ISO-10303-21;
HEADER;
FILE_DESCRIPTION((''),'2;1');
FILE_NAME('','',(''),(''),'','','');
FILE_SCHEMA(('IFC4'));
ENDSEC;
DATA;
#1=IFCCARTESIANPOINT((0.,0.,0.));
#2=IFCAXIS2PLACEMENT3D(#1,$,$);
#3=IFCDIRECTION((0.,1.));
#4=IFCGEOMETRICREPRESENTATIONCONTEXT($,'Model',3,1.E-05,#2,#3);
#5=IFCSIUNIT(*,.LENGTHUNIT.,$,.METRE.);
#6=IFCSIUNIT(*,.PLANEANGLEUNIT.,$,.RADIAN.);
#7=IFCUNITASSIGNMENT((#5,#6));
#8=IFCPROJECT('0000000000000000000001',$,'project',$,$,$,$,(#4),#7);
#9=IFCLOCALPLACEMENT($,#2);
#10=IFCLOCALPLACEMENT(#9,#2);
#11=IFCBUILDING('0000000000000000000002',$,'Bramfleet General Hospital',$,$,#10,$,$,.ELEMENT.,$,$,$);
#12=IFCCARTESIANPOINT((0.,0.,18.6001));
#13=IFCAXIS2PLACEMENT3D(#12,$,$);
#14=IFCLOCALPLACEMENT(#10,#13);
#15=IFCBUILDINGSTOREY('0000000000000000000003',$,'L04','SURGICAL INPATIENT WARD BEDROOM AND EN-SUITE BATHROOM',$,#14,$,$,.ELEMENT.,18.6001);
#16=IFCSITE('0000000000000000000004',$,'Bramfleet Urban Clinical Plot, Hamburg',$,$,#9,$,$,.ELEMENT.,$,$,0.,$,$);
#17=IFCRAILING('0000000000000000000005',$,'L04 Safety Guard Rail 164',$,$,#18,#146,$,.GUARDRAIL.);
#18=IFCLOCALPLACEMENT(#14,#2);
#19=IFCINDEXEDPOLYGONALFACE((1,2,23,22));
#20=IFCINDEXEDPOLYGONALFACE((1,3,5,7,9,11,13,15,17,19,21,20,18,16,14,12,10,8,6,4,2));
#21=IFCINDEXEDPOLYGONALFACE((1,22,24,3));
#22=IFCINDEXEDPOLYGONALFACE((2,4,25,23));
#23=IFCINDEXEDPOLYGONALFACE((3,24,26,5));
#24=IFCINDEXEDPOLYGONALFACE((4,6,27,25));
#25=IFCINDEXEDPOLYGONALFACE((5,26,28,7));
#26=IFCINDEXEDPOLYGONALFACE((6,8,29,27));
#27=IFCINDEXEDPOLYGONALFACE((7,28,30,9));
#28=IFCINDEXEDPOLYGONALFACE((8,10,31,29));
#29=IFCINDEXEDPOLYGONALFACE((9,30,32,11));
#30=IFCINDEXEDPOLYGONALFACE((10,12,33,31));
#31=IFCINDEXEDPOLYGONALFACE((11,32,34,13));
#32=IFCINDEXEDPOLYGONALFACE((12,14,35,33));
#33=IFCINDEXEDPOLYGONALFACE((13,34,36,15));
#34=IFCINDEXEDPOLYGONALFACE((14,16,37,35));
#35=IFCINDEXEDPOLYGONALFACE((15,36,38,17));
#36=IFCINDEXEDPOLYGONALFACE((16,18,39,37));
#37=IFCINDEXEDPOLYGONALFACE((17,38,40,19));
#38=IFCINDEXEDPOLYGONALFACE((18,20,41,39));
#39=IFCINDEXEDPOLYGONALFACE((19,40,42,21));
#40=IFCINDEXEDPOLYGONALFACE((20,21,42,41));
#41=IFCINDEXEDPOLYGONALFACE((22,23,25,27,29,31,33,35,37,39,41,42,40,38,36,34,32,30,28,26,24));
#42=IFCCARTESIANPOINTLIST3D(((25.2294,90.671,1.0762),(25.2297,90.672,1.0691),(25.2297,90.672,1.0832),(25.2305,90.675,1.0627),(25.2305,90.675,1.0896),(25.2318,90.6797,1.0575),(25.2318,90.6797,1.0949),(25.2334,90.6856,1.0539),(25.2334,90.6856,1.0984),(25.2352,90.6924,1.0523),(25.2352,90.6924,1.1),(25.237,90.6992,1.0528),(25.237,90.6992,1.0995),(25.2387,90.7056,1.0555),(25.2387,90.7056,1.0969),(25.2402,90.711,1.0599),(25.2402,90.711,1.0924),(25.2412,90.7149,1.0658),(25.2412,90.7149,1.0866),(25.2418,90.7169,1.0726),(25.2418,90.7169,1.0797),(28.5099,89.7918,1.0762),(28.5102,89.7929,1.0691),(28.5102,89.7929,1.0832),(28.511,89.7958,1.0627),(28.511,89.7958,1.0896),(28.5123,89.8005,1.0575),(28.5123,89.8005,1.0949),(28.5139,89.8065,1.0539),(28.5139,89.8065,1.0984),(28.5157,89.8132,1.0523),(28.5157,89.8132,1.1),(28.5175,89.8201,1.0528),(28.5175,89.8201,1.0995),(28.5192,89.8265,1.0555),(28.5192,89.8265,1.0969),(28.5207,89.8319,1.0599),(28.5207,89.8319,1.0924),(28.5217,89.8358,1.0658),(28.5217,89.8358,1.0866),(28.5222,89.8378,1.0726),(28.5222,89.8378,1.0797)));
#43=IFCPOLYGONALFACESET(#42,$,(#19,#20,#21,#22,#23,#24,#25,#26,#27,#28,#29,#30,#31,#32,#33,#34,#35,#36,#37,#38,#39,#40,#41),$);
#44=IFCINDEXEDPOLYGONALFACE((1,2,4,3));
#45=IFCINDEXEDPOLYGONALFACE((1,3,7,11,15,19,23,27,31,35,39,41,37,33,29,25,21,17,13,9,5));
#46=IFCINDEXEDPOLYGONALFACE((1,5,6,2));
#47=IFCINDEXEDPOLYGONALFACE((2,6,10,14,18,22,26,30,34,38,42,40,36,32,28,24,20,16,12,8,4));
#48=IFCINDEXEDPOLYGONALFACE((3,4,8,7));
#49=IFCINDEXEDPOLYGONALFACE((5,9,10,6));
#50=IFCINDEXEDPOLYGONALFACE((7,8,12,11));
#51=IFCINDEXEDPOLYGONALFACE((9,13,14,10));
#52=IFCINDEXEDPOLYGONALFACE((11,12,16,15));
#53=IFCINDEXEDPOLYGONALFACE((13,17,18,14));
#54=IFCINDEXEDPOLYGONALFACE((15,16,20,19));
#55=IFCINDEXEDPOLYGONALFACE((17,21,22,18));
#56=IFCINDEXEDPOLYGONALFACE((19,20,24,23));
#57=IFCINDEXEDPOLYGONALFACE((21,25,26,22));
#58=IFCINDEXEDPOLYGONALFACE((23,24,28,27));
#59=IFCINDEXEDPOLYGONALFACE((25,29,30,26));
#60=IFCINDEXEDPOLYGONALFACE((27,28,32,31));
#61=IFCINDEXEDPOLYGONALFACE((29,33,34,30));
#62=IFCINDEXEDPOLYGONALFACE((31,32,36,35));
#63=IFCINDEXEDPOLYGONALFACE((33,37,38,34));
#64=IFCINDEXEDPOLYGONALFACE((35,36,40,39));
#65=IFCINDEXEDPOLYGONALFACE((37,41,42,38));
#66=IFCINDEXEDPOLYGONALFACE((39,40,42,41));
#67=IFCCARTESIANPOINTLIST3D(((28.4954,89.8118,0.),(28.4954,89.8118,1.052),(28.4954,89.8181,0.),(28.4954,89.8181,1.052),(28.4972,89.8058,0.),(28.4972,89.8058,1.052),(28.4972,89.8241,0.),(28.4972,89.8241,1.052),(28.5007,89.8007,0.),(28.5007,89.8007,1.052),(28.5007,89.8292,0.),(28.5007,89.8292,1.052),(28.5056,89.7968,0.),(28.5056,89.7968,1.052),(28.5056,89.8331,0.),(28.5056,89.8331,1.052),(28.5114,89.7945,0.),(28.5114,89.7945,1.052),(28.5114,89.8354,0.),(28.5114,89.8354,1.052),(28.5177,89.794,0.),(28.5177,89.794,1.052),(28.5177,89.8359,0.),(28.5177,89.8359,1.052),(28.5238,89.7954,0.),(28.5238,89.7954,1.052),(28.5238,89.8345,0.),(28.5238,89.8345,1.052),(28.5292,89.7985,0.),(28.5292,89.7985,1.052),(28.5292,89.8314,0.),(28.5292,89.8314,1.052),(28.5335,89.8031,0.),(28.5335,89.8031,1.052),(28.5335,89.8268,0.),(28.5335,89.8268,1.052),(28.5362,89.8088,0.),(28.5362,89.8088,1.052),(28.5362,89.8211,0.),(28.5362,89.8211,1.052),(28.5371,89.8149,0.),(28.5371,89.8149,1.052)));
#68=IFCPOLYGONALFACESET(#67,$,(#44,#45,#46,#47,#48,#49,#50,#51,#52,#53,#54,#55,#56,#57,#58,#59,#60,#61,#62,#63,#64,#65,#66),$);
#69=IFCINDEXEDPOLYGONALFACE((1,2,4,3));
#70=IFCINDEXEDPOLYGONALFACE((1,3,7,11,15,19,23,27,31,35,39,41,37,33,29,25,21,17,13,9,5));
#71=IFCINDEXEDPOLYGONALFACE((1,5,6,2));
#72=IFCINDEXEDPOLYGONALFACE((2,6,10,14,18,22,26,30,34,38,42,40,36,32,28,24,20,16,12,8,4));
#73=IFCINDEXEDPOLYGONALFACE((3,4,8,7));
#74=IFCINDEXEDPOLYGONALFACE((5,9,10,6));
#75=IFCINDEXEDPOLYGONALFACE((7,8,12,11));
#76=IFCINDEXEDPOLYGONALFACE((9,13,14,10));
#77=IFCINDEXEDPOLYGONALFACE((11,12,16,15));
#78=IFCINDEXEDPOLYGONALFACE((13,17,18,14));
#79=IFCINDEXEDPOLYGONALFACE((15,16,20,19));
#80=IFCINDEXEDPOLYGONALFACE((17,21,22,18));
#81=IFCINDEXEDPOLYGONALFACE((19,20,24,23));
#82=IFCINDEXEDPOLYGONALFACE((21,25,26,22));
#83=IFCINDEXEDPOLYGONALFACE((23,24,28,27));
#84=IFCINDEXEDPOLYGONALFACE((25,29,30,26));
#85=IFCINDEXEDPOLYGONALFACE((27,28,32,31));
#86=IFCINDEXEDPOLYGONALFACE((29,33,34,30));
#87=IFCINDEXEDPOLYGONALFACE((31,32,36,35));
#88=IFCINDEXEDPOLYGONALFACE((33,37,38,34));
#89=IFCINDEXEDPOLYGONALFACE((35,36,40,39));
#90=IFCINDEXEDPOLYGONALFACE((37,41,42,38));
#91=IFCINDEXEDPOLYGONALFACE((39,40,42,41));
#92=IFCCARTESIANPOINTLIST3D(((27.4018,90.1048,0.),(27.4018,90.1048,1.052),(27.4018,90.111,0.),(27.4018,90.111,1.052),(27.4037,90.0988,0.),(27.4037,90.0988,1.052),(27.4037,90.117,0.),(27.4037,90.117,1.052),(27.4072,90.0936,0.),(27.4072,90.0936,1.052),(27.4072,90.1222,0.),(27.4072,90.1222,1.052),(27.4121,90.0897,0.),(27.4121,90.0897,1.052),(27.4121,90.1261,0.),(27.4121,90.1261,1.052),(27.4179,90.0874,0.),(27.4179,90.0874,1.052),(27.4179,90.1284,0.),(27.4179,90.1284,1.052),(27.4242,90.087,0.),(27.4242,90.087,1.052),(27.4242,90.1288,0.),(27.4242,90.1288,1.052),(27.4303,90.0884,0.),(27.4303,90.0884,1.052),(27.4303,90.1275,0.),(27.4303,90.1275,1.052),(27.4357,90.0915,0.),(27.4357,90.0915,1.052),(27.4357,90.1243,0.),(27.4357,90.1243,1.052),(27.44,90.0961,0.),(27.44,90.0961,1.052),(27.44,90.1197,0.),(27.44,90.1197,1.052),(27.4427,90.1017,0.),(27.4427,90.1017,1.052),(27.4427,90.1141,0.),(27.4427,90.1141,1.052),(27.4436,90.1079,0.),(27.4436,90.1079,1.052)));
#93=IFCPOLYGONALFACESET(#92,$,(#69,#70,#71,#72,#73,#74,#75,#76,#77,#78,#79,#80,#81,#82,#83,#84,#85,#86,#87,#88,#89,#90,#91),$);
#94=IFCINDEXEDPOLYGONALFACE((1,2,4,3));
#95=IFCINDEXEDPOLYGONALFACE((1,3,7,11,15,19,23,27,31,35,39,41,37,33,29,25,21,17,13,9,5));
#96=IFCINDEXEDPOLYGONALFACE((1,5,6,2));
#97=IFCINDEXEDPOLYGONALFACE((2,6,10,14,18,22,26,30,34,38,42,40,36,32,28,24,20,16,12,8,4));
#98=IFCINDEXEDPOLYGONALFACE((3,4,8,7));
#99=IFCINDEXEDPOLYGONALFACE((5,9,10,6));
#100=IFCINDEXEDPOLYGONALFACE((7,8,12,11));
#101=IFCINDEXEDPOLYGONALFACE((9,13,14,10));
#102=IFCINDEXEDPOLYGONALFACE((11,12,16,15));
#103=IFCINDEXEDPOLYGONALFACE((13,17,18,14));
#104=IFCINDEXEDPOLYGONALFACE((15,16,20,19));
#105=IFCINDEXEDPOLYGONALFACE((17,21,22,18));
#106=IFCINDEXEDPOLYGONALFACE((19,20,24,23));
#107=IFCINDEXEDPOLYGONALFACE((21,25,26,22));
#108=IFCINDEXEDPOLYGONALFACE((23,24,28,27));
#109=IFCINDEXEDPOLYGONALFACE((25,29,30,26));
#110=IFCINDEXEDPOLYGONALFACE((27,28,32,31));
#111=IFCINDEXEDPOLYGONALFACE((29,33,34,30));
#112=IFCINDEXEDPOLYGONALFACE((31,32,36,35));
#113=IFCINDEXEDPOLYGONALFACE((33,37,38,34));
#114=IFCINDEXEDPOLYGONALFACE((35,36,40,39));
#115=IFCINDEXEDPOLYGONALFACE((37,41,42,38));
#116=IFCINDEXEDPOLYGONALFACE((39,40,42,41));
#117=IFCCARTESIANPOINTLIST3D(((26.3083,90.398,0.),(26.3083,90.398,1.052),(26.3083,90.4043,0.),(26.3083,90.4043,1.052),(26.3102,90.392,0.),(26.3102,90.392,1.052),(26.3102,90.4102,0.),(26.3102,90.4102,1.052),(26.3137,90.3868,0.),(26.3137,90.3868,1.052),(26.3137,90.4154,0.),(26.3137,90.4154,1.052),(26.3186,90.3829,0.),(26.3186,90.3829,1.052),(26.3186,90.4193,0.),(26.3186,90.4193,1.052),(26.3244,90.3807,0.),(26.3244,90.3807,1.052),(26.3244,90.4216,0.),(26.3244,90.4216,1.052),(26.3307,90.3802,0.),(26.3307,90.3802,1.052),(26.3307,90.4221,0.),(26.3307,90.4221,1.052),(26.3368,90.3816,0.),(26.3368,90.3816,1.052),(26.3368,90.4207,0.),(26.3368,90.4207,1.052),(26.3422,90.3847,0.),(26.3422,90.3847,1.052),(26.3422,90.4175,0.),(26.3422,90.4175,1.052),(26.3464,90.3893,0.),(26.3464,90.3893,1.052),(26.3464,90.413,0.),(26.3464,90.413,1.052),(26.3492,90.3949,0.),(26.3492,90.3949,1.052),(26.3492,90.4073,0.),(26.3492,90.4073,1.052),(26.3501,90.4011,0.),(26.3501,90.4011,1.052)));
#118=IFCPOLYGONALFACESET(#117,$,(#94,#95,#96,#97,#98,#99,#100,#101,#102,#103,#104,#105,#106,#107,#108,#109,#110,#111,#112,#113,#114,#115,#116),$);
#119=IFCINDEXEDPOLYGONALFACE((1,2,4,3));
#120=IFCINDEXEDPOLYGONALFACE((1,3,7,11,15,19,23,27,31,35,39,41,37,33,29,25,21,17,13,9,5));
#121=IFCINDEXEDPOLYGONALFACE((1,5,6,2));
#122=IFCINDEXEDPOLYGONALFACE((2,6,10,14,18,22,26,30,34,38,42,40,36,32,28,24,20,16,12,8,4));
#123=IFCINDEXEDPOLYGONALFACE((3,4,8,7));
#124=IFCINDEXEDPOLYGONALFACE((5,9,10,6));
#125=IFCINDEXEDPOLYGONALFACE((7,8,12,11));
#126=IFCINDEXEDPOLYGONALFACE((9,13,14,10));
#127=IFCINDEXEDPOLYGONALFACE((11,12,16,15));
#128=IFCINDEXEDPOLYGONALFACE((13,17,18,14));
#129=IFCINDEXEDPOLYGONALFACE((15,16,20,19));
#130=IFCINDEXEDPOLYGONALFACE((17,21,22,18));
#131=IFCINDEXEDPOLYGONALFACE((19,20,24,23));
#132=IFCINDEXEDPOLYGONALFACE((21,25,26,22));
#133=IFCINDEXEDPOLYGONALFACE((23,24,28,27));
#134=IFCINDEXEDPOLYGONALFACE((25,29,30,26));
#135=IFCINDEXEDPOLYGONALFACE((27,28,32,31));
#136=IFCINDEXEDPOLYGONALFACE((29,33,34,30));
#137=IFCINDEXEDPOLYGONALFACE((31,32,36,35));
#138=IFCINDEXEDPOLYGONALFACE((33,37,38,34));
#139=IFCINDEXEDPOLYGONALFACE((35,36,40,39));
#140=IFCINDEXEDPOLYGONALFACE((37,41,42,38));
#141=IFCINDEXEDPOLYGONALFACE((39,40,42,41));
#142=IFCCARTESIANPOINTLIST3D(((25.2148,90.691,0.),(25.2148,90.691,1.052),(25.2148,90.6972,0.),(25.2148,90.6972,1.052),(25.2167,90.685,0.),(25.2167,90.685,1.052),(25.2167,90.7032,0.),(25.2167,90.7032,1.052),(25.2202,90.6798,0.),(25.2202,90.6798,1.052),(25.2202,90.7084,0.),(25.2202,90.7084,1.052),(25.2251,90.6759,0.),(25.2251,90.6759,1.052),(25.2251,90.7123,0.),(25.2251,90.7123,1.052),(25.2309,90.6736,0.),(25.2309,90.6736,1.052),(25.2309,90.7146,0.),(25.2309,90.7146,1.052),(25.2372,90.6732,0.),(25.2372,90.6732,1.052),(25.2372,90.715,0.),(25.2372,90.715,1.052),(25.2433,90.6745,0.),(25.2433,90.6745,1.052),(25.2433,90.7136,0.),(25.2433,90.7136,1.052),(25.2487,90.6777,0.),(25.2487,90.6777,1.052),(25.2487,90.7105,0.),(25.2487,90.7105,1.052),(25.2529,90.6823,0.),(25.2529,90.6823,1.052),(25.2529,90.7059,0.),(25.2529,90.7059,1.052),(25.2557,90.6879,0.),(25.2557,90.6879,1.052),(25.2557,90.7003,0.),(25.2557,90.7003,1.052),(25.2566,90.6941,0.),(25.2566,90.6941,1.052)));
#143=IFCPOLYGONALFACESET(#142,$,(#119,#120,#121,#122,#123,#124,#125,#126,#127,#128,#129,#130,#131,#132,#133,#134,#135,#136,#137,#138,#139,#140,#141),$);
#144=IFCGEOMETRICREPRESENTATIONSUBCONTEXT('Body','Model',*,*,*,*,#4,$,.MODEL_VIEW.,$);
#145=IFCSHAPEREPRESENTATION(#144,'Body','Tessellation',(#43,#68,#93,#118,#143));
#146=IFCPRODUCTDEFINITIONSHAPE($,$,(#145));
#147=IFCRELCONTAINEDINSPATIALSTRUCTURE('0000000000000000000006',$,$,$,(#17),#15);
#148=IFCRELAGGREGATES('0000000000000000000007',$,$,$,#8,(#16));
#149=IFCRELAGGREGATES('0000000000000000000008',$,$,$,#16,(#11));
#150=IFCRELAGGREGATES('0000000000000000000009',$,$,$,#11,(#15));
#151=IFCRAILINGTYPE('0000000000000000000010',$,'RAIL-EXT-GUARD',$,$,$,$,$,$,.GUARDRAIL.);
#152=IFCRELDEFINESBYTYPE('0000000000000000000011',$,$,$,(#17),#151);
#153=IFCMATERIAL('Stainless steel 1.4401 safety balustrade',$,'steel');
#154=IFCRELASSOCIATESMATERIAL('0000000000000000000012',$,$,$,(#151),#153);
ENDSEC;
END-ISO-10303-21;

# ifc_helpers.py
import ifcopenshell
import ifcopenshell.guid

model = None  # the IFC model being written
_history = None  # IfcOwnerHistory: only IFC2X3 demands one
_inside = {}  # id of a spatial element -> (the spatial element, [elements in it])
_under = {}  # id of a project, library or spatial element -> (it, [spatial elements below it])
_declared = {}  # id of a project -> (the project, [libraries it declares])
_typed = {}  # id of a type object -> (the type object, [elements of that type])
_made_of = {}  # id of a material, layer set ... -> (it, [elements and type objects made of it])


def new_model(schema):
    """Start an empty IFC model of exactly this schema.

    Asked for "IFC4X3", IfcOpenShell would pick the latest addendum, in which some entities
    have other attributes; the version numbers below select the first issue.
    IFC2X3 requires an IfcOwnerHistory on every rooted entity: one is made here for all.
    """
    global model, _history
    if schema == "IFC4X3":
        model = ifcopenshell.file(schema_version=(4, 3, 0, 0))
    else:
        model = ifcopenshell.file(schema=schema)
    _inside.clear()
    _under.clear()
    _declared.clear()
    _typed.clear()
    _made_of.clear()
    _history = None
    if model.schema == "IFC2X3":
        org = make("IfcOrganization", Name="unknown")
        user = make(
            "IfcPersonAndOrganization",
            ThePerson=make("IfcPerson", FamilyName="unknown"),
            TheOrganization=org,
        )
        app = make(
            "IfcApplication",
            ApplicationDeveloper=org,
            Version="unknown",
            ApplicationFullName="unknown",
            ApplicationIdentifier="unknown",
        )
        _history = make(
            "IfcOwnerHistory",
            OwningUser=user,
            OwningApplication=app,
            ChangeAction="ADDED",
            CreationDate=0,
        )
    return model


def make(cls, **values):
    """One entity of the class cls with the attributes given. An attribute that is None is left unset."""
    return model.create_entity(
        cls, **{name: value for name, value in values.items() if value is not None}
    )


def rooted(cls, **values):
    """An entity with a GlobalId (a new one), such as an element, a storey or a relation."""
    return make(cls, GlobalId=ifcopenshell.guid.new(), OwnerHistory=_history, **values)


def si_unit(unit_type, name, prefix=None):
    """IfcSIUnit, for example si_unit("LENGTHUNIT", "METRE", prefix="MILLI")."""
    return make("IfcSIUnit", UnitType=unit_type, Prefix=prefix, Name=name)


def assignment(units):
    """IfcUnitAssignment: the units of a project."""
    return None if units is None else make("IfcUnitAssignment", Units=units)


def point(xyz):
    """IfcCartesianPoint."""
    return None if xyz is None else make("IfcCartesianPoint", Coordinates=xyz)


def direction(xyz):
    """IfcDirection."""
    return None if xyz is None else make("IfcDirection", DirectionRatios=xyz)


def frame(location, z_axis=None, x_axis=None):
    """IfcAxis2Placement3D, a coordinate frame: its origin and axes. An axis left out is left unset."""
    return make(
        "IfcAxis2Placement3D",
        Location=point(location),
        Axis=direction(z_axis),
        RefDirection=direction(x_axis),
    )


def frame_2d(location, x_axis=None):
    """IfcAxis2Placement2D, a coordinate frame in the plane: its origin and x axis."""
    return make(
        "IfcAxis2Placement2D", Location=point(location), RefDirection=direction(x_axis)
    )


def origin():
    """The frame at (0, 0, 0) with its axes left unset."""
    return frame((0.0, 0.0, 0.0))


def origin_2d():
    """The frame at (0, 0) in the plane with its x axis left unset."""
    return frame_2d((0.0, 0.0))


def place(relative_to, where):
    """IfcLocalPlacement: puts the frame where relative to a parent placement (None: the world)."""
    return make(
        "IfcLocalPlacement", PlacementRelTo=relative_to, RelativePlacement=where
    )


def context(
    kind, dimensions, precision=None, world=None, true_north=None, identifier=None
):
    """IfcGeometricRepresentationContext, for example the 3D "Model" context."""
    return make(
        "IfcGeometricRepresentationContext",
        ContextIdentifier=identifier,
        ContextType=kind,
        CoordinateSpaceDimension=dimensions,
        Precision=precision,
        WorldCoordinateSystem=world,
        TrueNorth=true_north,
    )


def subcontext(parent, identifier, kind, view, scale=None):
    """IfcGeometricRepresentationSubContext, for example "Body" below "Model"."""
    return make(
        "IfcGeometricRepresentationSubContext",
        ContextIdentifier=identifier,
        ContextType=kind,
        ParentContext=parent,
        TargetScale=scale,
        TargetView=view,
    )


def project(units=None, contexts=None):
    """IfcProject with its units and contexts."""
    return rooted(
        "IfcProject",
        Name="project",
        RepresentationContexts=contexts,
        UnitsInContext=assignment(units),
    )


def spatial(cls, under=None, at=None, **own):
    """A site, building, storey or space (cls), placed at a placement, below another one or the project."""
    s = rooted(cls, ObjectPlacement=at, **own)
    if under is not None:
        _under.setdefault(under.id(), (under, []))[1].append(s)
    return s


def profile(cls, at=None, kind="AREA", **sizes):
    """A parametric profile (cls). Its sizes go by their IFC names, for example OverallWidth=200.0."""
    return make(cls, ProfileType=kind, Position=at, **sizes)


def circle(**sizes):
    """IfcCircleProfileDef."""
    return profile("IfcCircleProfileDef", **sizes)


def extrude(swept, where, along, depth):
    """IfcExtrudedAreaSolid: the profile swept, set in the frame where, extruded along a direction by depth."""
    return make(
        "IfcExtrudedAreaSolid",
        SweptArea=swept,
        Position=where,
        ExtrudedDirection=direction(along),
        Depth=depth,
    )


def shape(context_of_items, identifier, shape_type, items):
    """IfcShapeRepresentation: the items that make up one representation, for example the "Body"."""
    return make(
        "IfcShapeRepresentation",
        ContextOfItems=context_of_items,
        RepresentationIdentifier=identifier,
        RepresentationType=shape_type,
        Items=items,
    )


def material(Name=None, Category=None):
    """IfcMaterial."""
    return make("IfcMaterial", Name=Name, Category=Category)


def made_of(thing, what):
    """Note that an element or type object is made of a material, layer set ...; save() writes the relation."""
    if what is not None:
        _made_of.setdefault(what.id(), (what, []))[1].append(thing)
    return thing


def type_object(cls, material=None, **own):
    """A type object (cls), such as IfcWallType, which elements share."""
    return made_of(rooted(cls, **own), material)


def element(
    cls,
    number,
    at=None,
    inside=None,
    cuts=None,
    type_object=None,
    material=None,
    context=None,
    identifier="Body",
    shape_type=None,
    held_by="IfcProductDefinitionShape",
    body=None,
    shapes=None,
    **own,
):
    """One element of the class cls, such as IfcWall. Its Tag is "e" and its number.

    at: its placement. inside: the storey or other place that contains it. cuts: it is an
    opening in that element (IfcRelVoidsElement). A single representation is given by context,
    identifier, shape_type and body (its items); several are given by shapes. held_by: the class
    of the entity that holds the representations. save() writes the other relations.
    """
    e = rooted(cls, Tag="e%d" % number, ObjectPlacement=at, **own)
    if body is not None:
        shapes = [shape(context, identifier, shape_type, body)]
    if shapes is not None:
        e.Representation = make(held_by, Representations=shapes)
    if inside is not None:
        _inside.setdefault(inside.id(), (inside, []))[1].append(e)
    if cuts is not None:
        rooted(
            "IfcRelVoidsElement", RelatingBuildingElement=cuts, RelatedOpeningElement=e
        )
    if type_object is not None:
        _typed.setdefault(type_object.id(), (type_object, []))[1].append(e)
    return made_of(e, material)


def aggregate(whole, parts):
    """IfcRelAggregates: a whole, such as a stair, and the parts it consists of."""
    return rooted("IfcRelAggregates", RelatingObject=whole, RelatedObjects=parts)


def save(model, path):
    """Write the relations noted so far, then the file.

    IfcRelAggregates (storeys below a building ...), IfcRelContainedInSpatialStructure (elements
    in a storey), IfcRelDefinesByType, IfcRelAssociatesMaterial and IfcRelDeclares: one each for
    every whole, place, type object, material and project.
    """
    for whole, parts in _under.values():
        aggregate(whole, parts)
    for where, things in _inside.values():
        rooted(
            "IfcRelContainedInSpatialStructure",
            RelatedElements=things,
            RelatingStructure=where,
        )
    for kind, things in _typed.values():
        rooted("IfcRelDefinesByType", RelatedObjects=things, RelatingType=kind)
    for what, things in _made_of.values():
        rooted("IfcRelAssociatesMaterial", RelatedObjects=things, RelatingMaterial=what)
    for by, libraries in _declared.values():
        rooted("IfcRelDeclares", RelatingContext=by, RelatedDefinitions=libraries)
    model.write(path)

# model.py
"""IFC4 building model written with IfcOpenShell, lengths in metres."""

from ifc_helpers import new_model, si_unit, direction, frame, origin, origin_2d, place, context, subcontext, project, spatial, circle, extrude, material, type_object, element, save


model = new_model("IFC4")

# Units and contexts
model_context = context("Model", 3, precision=1e-05, world=origin(), true_north=direction((0.0, 1.0)))
body_context = subcontext(model_context, "Body", "Model", "MODEL_VIEW")
ifc_project = project(units=[si_unit("LENGTHUNIT", "METRE"), si_unit("PLANEANGLEUNIT", "RADIAN")], contexts=[model_context])

# Site, building, storey
site_placement = place(None, origin())
site = spatial("IfcSite", under=ifc_project, at=site_placement, Name="Bramfleet Urban Clinical Plot, Hamburg", CompositionType="ELEMENT", RefElevation=0.0)
building_placement = place(site_placement, origin())
building = spatial("IfcBuilding", under=site, at=building_placement, Name="Bramfleet General Hospital", CompositionType="ELEMENT")
storey_placement = place(building_placement, frame((0.0, 0.0, 18.6001)))
storey = spatial("IfcBuildingStorey", under=building, at=storey_placement, Name="L04", Description="SURGICAL INPATIENT WARD BEDROOM AND EN-SUITE BATHROOM", CompositionType="ELEMENT", Elevation=18.6001)

# Railing
ifc_material_1 = material(Name="Stainless steel 1.4401 safety balustrade", Category="steel")
railing_type = type_object("IfcRailingType", Name="RAIL-EXT-GUARD", PredefinedType="GUARDRAIL", material=ifc_material_1)
railing_1_placement = place(storey_placement, frame((28.5161, 89.8149, 0.0)))
element("IfcRailing", 1, at=railing_1_placement, inside=storey, type_object=railing_type, Name="L04 Safety Guard Rail 164", PredefinedType="GUARDRAIL", context=body_context, shape_type="SweptSolid", body=[
    extrude(circle(Radius=0.0239, at=origin_2d()), frame((0.0, 0.0, 1.0762), z_axis=(-0.965916, 0.258857, 0.0), x_axis=(-0.258857, -0.965916, 0.0)), (0.0, 0.0, 1.0), 3.3962),
    extrude(circle(Radius=0.021, at=origin_2d()), origin(), (0.0, 0.0, 1.0), 1.052),
    extrude(circle(Radius=0.021, at=origin_2d()), frame((-1.0935, 0.293, 0.0)), (0.0, 0.0, 1.0), 1.052),
    extrude(circle(Radius=0.021, at=origin_2d()), frame((-2.187, 0.5862, 0.0)), (0.0, 0.0, 1.0), 1.052),
    extrude(circle(Radius=0.021, at=origin_2d()), frame((-3.2805, 0.8792, 0.0)), (0.0, 0.0, 1.0), 1.052),
])

save(model, "model.ifc")
